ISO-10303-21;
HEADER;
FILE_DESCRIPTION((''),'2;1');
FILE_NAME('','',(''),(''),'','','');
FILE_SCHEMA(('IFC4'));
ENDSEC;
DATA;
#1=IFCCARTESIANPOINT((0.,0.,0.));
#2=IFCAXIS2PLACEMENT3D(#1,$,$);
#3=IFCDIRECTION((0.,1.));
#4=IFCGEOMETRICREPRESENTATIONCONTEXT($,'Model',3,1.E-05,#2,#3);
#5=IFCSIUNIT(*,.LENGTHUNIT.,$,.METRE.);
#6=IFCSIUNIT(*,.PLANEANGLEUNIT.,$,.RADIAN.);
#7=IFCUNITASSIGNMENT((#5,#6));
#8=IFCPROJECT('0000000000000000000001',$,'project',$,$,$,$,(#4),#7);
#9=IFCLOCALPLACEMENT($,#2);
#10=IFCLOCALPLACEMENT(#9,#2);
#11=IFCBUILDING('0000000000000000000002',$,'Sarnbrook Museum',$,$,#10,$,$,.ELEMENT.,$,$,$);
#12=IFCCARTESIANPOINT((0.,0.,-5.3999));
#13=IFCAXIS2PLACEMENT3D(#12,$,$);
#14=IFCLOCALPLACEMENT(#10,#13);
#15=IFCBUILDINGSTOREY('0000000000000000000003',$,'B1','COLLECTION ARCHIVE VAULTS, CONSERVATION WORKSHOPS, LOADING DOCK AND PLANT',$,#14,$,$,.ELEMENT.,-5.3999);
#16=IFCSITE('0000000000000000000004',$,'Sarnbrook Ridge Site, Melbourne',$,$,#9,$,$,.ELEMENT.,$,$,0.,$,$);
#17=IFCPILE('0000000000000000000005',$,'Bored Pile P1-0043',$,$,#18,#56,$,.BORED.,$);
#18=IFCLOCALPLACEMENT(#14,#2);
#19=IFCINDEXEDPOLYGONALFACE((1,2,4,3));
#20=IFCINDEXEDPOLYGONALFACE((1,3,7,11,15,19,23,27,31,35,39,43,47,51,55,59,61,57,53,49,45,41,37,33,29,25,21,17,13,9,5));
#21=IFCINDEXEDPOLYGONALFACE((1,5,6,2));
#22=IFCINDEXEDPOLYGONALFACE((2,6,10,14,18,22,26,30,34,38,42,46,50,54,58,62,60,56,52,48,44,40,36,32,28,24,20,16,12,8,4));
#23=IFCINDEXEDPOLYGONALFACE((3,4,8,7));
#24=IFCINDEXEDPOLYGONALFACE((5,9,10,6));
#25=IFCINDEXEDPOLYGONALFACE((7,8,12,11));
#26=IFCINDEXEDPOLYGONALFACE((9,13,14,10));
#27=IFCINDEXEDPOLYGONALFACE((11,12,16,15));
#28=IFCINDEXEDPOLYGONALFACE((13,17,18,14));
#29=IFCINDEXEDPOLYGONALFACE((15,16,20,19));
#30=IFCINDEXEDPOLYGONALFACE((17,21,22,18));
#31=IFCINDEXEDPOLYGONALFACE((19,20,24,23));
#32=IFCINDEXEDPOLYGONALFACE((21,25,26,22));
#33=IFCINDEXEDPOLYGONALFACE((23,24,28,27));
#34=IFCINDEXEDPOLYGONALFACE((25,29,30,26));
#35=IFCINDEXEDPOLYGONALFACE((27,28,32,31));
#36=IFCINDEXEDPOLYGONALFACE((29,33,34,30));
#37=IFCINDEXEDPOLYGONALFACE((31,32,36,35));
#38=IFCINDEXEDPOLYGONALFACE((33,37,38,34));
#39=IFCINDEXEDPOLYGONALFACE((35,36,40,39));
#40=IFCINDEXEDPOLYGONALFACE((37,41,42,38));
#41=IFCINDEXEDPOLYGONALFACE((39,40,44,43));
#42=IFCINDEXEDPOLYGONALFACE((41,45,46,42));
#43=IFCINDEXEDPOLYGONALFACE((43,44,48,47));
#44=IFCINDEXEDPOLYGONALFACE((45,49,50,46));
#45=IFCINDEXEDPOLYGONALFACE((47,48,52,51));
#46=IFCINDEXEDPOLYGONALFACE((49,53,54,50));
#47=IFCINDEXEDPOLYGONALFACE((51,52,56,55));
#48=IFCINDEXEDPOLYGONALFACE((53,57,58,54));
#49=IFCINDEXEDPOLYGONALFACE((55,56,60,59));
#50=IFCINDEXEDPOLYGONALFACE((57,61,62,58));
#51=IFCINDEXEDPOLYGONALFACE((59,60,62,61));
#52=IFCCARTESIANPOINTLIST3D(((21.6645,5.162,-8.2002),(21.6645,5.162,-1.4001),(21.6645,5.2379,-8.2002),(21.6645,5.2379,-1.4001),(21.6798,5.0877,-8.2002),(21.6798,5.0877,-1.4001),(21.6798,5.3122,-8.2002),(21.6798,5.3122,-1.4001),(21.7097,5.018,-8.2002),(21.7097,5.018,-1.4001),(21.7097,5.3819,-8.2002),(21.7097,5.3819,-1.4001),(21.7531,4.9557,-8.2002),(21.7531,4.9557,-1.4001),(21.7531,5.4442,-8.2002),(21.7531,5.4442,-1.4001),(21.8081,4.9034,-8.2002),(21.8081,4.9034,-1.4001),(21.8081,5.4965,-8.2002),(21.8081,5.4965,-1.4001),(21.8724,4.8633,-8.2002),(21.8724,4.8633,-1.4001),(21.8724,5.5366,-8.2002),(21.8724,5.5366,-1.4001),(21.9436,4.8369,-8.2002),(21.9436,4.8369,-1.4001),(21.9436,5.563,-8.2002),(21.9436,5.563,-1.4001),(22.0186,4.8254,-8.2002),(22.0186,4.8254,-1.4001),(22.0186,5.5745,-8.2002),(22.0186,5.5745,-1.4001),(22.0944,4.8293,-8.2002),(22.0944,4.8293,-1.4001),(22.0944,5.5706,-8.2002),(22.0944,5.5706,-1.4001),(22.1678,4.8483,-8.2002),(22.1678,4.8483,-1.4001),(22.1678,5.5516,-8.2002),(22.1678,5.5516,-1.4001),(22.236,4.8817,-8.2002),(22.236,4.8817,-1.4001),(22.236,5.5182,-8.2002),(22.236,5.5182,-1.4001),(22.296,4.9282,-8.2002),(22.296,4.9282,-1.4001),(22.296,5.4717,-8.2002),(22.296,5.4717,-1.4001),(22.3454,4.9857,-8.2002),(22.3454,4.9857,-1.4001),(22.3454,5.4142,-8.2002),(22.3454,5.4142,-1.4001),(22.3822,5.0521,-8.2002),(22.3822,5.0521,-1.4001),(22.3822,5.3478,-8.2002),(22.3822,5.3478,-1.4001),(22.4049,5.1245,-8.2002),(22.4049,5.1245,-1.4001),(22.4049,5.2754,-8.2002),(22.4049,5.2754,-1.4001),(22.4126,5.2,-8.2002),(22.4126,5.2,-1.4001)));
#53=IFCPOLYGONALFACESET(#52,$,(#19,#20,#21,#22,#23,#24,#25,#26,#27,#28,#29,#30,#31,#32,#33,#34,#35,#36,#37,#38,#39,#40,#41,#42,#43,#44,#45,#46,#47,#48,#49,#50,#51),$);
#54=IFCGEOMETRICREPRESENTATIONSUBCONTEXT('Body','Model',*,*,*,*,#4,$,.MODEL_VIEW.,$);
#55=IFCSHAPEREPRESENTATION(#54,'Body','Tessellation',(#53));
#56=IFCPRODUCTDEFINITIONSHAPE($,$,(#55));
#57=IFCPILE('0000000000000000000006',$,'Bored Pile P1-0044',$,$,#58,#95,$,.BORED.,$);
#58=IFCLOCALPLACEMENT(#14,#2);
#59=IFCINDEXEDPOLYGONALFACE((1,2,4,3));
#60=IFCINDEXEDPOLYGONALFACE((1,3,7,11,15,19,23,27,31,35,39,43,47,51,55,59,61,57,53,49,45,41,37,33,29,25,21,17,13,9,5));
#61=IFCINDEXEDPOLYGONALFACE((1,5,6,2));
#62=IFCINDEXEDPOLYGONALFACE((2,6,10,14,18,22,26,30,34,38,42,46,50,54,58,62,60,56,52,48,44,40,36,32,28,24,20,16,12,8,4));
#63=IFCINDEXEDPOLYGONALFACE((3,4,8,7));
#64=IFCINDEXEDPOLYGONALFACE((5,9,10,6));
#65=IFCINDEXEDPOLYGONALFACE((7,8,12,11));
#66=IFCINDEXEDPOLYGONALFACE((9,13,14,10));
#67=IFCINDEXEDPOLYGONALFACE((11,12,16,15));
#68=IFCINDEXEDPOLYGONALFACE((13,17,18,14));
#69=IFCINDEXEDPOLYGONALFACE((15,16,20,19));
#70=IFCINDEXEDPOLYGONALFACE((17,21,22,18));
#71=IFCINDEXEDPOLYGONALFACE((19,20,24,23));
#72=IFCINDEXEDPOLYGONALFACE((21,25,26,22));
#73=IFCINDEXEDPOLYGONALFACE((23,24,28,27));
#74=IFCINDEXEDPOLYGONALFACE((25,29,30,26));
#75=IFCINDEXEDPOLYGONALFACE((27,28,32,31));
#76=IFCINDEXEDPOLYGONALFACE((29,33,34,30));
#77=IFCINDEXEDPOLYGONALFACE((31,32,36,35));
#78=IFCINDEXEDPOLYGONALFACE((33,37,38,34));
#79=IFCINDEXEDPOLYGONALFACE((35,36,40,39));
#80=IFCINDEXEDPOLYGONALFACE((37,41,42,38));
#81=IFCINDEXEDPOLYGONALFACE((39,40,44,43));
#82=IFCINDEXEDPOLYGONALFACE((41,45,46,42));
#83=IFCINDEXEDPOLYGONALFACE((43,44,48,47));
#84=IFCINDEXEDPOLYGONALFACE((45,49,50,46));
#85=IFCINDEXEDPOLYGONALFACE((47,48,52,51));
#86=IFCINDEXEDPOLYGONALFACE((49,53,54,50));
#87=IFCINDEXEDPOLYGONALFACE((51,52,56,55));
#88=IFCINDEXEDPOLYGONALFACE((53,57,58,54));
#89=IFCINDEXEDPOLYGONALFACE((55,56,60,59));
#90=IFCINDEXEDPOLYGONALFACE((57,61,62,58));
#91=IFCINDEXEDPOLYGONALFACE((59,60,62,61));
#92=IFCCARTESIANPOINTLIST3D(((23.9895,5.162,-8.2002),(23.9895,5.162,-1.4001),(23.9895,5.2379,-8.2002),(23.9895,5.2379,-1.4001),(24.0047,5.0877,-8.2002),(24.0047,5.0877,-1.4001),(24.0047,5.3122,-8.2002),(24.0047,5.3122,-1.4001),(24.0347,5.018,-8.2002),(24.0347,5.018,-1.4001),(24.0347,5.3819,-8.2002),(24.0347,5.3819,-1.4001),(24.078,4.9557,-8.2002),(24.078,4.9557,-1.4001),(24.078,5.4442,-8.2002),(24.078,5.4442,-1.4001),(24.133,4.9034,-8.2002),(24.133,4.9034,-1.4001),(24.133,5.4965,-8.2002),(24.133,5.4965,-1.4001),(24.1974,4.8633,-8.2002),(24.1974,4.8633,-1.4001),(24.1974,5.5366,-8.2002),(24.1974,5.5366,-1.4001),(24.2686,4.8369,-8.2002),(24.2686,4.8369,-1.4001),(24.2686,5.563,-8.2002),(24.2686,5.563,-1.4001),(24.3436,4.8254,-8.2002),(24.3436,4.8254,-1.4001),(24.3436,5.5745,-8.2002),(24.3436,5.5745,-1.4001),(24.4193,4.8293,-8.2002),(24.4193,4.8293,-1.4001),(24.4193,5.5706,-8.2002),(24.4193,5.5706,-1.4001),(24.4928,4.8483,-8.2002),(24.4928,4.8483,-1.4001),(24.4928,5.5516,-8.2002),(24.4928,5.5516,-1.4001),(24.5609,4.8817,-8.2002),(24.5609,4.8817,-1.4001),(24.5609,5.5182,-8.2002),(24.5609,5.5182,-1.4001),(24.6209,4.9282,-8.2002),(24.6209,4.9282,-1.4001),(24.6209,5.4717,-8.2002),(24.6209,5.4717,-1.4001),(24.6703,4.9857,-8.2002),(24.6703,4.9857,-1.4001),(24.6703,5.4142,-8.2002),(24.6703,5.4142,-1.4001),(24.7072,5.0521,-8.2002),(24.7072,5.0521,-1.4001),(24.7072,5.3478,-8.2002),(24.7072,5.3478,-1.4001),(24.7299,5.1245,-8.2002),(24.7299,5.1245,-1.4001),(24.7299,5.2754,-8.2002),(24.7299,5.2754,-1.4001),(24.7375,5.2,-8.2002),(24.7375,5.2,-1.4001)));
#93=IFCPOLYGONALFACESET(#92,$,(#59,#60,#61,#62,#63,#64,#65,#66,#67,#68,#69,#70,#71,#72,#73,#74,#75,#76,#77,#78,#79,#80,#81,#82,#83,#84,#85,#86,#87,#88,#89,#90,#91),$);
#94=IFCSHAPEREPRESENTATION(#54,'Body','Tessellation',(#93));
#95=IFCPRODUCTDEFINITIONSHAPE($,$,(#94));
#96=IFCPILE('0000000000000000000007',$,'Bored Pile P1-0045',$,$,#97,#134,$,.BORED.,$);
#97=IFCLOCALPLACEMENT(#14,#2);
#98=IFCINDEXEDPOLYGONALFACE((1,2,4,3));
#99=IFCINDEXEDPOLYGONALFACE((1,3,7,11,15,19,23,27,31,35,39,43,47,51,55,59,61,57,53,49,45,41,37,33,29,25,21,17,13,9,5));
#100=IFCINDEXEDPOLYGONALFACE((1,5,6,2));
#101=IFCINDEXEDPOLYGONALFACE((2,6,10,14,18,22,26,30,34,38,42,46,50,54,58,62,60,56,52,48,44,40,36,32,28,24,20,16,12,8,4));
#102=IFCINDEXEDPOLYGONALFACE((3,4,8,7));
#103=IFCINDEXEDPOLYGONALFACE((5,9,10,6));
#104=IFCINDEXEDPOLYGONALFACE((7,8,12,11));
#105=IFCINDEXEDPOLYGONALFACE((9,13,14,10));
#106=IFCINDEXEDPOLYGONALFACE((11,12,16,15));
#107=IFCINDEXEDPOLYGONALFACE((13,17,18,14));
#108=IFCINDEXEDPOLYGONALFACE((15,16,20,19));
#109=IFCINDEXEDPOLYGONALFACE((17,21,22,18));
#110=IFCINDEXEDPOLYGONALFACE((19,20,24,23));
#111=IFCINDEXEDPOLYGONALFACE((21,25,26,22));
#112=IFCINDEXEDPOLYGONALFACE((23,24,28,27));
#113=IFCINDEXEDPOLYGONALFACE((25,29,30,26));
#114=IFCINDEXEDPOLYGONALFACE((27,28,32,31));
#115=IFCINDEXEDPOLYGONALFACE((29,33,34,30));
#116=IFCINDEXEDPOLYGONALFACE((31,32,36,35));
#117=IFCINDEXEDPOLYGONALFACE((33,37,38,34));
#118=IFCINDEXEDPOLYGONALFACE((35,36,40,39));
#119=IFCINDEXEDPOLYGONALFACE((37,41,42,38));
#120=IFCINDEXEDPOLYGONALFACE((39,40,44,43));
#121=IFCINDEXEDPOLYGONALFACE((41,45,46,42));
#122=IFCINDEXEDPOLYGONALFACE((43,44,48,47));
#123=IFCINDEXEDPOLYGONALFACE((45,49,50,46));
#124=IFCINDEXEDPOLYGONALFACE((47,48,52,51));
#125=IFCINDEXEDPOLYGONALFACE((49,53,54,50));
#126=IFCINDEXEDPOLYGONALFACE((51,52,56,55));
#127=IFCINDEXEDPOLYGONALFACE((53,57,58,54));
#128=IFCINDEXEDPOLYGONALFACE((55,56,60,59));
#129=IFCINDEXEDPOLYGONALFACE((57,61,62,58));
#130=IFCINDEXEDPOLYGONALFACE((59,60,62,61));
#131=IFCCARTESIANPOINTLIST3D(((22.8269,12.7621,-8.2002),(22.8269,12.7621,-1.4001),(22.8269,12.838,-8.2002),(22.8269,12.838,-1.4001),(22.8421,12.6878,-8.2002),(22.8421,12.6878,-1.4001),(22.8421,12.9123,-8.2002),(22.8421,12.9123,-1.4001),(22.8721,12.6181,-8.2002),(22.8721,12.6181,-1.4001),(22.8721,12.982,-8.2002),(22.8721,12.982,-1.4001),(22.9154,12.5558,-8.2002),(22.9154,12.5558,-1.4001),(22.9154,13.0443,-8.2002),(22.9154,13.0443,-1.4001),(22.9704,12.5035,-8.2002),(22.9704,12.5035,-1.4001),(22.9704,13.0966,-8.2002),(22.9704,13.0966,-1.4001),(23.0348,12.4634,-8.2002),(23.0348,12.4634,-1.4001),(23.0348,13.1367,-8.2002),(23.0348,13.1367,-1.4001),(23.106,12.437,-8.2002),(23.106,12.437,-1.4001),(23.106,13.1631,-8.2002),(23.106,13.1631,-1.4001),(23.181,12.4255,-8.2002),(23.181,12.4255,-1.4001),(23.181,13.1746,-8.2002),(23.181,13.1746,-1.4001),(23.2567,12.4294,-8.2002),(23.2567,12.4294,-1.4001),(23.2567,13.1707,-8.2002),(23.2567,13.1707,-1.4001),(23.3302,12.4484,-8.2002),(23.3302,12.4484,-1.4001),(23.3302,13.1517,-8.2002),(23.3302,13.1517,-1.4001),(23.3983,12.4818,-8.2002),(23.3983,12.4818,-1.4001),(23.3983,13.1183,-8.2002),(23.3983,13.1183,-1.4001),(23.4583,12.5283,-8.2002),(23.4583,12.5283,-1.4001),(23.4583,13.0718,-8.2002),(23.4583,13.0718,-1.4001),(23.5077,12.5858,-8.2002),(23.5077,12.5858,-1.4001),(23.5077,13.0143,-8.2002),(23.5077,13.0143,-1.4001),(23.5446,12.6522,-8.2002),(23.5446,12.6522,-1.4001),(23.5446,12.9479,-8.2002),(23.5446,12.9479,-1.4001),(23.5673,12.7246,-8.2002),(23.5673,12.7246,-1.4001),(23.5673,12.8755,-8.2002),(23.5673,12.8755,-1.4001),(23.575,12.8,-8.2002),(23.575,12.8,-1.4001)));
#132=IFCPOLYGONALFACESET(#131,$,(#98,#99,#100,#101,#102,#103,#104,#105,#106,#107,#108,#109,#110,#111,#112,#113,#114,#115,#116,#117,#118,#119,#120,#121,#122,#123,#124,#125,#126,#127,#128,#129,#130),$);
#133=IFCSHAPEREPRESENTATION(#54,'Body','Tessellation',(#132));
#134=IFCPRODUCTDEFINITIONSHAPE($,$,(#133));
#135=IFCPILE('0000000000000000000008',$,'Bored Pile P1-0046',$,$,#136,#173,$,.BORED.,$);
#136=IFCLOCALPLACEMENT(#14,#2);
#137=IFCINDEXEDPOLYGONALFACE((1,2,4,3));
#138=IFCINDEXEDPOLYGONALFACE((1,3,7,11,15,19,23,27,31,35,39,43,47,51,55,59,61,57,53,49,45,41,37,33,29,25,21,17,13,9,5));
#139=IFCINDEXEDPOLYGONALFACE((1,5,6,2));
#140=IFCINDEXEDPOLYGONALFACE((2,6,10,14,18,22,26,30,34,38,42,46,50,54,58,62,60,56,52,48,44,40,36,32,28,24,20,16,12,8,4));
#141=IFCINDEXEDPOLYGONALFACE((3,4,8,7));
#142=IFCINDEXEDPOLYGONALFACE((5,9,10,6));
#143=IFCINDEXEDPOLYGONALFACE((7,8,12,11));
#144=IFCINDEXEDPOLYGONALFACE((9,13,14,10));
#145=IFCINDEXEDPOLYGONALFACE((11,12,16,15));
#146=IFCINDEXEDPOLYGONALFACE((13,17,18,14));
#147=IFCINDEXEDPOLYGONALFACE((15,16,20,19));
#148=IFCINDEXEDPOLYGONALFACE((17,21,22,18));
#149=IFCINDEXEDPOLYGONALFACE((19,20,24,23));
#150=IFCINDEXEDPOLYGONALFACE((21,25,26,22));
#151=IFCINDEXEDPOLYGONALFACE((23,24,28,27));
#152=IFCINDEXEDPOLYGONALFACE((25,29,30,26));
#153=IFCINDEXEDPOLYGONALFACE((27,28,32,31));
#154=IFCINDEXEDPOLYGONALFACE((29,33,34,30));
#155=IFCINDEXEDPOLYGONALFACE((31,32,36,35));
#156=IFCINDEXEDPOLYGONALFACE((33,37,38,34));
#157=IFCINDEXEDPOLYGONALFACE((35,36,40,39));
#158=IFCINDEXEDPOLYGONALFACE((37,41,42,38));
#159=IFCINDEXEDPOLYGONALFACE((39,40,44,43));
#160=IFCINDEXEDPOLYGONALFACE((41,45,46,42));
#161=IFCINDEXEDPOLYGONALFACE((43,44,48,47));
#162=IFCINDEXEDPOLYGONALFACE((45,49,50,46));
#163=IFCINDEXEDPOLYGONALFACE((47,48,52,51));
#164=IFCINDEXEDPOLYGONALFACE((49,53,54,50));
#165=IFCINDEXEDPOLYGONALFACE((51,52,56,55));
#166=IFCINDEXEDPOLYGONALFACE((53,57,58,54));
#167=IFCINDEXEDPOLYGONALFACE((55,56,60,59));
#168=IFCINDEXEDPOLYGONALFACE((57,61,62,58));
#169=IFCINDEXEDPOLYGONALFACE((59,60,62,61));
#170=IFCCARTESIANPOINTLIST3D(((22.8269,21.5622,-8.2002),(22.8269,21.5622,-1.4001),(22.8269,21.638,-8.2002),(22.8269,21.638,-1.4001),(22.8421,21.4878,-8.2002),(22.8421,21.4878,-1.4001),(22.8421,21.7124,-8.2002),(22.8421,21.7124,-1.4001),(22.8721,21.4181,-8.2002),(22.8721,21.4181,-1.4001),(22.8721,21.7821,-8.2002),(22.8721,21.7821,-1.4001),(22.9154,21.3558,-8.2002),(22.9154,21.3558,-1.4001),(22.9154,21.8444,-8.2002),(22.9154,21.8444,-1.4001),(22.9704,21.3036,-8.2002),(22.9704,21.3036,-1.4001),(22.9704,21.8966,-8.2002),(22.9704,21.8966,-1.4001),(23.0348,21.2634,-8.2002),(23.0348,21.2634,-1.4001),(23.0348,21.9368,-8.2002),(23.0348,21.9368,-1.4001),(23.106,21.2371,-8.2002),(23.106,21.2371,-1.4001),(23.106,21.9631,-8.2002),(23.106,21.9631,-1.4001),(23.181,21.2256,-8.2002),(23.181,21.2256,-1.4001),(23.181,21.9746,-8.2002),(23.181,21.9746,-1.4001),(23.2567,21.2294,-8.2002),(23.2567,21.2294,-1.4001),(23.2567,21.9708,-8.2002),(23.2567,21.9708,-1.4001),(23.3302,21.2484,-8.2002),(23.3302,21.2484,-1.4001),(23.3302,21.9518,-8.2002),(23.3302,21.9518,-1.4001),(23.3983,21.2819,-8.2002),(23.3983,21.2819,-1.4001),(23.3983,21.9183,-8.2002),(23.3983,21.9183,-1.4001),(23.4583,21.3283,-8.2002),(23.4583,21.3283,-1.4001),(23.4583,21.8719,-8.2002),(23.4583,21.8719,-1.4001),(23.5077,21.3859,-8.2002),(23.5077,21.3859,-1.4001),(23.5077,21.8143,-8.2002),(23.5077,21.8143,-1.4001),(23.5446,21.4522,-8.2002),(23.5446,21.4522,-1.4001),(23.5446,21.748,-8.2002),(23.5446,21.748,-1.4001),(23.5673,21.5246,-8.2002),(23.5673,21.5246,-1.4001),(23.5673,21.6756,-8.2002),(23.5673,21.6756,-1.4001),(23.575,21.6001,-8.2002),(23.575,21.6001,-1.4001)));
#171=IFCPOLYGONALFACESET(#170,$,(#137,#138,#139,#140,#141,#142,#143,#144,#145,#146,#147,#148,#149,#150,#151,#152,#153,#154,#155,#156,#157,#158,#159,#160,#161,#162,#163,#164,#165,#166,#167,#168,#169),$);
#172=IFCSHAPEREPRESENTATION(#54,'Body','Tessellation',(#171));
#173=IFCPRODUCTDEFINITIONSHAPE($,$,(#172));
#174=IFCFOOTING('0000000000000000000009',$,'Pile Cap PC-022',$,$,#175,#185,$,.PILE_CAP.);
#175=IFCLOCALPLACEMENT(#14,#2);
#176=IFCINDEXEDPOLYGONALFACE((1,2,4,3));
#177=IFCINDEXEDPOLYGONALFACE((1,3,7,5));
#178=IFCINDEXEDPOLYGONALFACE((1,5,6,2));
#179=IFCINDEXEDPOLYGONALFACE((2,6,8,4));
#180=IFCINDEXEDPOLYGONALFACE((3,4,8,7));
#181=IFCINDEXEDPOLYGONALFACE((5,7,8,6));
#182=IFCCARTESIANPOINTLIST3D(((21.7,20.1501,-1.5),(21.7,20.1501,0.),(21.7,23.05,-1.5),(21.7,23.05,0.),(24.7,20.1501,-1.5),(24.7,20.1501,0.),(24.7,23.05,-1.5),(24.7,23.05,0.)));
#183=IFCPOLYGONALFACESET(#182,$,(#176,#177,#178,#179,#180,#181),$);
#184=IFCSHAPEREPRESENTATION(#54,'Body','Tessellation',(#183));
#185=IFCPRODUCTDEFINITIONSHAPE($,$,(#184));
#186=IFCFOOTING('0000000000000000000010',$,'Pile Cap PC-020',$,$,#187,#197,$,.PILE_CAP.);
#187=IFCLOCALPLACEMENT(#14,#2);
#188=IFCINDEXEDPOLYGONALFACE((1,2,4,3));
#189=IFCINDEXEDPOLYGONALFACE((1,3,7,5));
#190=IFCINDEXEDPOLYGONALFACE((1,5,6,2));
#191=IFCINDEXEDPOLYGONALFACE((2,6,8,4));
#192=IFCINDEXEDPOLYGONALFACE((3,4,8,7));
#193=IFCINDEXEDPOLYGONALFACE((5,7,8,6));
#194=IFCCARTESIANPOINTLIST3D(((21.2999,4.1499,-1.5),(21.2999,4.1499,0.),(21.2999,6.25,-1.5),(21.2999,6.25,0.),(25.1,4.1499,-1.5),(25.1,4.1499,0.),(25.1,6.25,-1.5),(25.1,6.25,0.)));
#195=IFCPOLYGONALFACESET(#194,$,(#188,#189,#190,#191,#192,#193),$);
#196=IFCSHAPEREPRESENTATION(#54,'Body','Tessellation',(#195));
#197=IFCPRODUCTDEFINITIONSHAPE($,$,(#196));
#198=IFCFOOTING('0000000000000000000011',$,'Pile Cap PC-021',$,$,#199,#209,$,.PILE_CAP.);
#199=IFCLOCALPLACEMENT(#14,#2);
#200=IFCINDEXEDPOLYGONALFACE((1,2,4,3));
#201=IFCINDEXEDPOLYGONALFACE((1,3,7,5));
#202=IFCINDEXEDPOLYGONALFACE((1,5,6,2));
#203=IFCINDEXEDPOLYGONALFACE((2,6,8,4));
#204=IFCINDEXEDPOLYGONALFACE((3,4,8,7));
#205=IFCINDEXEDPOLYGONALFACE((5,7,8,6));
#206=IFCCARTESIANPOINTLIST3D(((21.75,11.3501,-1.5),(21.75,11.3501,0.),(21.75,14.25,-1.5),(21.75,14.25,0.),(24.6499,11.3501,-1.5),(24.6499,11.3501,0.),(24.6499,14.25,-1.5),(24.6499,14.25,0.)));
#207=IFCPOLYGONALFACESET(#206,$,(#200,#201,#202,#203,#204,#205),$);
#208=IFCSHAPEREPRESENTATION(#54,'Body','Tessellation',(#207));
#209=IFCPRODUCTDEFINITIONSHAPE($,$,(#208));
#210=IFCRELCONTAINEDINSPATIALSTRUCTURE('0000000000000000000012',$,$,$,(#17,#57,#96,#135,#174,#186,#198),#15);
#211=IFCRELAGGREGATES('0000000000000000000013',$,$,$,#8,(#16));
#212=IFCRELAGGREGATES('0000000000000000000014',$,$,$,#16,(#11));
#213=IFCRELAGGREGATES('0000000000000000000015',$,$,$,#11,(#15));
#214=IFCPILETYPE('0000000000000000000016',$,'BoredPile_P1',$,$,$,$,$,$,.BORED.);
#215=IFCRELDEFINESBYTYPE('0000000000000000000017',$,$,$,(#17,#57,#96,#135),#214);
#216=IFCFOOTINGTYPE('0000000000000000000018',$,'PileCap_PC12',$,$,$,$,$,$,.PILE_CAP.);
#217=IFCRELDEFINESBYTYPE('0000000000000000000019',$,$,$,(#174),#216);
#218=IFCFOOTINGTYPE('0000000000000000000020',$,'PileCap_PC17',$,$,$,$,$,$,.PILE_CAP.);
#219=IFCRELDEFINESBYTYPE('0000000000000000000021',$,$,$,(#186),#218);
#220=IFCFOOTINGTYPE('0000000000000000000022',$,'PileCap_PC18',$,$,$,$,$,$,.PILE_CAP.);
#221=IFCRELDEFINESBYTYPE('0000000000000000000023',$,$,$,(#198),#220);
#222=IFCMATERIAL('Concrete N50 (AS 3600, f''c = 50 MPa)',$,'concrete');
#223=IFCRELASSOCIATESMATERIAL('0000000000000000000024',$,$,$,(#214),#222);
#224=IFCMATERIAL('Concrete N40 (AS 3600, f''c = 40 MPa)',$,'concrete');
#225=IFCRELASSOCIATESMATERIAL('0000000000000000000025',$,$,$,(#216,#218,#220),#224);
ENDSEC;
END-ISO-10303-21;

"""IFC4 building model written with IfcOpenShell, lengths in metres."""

from ifc_helpers import new_model, si_unit, direction, frame, origin, origin_2d, place, context, subcontext, project, spatial, rectangle, circle, extrude, material, material_profile, profile_set, type_object, element, save


model = new_model("IFC4")

# Units and contexts
model_context = context("Model", 3, precision=1e-05, world=origin(), true_north=direction((0.0, 1.0)))
body_context = subcontext(model_context, "Body", "Model", "MODEL_VIEW")
ifc_project = project(units=[si_unit("LENGTHUNIT", "METRE"), si_unit("PLANEANGLEUNIT", "RADIAN")], contexts=[model_context])

# Site, building, storey
site_placement = place(None, origin())
site = spatial("IfcSite", under=ifc_project, at=site_placement, Name="Sarnbrook Ridge Site, Melbourne", CompositionType="ELEMENT", RefElevation=0.0)
building_placement = place(site_placement, origin())
building = spatial("IfcBuilding", under=site, at=building_placement, Name="Sarnbrook Museum", CompositionType="ELEMENT")
storey_placement = place(building_placement, frame((0.0, 0.0, -5.3999)))
storey = spatial("IfcBuildingStorey", under=building, at=storey_placement, Name="B1", Description="COLLECTION ARCHIVE VAULTS, CONSERVATION WORKSHOPS, LOADING DOCK AND PLANT", CompositionType="ELEMENT", Elevation=-5.3999)

# Piles
ifc_material_1 = material(Name="Concrete N50 (AS 3600, f'c = 50 MPa)", Category="concrete")
ifc_material_profile_1 = material_profile(ifc_material_1, circle(Radius=0.375, at=origin_2d()), Name="BORED PILE D750")
ifc_profile_set_1 = profile_set([ifc_material_profile_1], Name="Concrete N50 (AS 3600, f'c = 50 MPa)")
pile_type = type_object("IfcPileType", Name="BoredPile_P1", PredefinedType="BORED", material=ifc_profile_set_1)
for number, where, z_axis, x_axis, name in (
    (1, (22.0376, 5.2, -1.4001), (0.0, 0.0, -1.0), (1.0, 0.0, 0.0), "Bored Pile P1-0043"),
    (2, (24.3625, 5.2, -1.4001), (0.0, 0.0, -1.0), (1.0, 0.0, 0.0), "Bored Pile P1-0044"),
    (3, (23.2, 12.8, -1.4001), (0.0, 0.0, -1.0), (1.0, 0.0, 0.0), "Bored Pile P1-0045"),
    (4, (23.2, 21.6001, -1.4001), (0.0, 0.0, -1.0), (1.0, 0.0, 0.0), "Bored Pile P1-0046"),
):
    element("IfcPile", number, at=place(storey_placement, frame(where, z_axis=z_axis, x_axis=x_axis)), inside=storey, type_object=pile_type, Name=name, PredefinedType="BORED", context=body_context, shape_type="SweptSolid", body=[
        extrude(circle(Radius=0.375, at=origin_2d()), origin(), (0.0, 0.0, 1.0), 6.8),
    ])

# Footings
ifc_material_2 = material(Name="Concrete N40 (AS 3600, f'c = 40 MPa)", Category="concrete")
footing_type_1 = type_object("IfcFootingType", Name="PileCap_PC12", PredefinedType="PILE_CAP", material=ifc_material_2)
footing_1_placement = place(storey_placement, frame((23.2, 21.6001, -1.5), z_axis=(0.0, 0.0, 1.0), x_axis=(1.0, 0.0, 0.0)))
element("IfcFooting", 5, at=footing_1_placement, inside=storey, type_object=footing_type_1, Name="Pile Cap PC-022", PredefinedType="PILE_CAP", context=body_context, shape_type="SweptSolid", body=[
    extrude(rectangle(XDim=3.0, YDim=2.8999, at=origin_2d()), origin(), (0.0, 0.0, 1.0), 1.5),
])
footing_type_2 = type_object("IfcFootingType", Name="PileCap_PC17", PredefinedType="PILE_CAP", material=ifc_material_2)
footing_2_placement = place(storey_placement, frame((23.2, 5.2, -1.5), z_axis=(0.0, 0.0, 1.0), x_axis=(1.0, 0.0, 0.0)))
element("IfcFooting", 6, at=footing_2_placement, inside=storey, type_object=footing_type_2, Name="Pile Cap PC-020", PredefinedType="PILE_CAP", context=body_context, shape_type="SweptSolid", body=[
    extrude(rectangle(XDim=3.8, YDim=2.1001, at=origin_2d()), origin(), (0.0, 0.0, 1.0), 1.5),
])
footing_type_3 = type_object("IfcFootingType", Name="PileCap_PC18", PredefinedType="PILE_CAP", material=ifc_material_2)
footing_3_placement = place(storey_placement, frame((23.2, 12.8, -1.5), z_axis=(0.0, 0.0, 1.0), x_axis=(1.0, 0.0, 0.0)))
element("IfcFooting", 7, at=footing_3_placement, inside=storey, type_object=footing_type_3, Name="Pile Cap PC-021", PredefinedType="PILE_CAP", context=body_context, shape_type="SweptSolid", body=[
    extrude(rectangle(XDim=2.8999, YDim=2.8999, at=origin_2d()), origin(), (0.0, 0.0, 1.0), 1.5),
])

save(model, "model.ifc")
